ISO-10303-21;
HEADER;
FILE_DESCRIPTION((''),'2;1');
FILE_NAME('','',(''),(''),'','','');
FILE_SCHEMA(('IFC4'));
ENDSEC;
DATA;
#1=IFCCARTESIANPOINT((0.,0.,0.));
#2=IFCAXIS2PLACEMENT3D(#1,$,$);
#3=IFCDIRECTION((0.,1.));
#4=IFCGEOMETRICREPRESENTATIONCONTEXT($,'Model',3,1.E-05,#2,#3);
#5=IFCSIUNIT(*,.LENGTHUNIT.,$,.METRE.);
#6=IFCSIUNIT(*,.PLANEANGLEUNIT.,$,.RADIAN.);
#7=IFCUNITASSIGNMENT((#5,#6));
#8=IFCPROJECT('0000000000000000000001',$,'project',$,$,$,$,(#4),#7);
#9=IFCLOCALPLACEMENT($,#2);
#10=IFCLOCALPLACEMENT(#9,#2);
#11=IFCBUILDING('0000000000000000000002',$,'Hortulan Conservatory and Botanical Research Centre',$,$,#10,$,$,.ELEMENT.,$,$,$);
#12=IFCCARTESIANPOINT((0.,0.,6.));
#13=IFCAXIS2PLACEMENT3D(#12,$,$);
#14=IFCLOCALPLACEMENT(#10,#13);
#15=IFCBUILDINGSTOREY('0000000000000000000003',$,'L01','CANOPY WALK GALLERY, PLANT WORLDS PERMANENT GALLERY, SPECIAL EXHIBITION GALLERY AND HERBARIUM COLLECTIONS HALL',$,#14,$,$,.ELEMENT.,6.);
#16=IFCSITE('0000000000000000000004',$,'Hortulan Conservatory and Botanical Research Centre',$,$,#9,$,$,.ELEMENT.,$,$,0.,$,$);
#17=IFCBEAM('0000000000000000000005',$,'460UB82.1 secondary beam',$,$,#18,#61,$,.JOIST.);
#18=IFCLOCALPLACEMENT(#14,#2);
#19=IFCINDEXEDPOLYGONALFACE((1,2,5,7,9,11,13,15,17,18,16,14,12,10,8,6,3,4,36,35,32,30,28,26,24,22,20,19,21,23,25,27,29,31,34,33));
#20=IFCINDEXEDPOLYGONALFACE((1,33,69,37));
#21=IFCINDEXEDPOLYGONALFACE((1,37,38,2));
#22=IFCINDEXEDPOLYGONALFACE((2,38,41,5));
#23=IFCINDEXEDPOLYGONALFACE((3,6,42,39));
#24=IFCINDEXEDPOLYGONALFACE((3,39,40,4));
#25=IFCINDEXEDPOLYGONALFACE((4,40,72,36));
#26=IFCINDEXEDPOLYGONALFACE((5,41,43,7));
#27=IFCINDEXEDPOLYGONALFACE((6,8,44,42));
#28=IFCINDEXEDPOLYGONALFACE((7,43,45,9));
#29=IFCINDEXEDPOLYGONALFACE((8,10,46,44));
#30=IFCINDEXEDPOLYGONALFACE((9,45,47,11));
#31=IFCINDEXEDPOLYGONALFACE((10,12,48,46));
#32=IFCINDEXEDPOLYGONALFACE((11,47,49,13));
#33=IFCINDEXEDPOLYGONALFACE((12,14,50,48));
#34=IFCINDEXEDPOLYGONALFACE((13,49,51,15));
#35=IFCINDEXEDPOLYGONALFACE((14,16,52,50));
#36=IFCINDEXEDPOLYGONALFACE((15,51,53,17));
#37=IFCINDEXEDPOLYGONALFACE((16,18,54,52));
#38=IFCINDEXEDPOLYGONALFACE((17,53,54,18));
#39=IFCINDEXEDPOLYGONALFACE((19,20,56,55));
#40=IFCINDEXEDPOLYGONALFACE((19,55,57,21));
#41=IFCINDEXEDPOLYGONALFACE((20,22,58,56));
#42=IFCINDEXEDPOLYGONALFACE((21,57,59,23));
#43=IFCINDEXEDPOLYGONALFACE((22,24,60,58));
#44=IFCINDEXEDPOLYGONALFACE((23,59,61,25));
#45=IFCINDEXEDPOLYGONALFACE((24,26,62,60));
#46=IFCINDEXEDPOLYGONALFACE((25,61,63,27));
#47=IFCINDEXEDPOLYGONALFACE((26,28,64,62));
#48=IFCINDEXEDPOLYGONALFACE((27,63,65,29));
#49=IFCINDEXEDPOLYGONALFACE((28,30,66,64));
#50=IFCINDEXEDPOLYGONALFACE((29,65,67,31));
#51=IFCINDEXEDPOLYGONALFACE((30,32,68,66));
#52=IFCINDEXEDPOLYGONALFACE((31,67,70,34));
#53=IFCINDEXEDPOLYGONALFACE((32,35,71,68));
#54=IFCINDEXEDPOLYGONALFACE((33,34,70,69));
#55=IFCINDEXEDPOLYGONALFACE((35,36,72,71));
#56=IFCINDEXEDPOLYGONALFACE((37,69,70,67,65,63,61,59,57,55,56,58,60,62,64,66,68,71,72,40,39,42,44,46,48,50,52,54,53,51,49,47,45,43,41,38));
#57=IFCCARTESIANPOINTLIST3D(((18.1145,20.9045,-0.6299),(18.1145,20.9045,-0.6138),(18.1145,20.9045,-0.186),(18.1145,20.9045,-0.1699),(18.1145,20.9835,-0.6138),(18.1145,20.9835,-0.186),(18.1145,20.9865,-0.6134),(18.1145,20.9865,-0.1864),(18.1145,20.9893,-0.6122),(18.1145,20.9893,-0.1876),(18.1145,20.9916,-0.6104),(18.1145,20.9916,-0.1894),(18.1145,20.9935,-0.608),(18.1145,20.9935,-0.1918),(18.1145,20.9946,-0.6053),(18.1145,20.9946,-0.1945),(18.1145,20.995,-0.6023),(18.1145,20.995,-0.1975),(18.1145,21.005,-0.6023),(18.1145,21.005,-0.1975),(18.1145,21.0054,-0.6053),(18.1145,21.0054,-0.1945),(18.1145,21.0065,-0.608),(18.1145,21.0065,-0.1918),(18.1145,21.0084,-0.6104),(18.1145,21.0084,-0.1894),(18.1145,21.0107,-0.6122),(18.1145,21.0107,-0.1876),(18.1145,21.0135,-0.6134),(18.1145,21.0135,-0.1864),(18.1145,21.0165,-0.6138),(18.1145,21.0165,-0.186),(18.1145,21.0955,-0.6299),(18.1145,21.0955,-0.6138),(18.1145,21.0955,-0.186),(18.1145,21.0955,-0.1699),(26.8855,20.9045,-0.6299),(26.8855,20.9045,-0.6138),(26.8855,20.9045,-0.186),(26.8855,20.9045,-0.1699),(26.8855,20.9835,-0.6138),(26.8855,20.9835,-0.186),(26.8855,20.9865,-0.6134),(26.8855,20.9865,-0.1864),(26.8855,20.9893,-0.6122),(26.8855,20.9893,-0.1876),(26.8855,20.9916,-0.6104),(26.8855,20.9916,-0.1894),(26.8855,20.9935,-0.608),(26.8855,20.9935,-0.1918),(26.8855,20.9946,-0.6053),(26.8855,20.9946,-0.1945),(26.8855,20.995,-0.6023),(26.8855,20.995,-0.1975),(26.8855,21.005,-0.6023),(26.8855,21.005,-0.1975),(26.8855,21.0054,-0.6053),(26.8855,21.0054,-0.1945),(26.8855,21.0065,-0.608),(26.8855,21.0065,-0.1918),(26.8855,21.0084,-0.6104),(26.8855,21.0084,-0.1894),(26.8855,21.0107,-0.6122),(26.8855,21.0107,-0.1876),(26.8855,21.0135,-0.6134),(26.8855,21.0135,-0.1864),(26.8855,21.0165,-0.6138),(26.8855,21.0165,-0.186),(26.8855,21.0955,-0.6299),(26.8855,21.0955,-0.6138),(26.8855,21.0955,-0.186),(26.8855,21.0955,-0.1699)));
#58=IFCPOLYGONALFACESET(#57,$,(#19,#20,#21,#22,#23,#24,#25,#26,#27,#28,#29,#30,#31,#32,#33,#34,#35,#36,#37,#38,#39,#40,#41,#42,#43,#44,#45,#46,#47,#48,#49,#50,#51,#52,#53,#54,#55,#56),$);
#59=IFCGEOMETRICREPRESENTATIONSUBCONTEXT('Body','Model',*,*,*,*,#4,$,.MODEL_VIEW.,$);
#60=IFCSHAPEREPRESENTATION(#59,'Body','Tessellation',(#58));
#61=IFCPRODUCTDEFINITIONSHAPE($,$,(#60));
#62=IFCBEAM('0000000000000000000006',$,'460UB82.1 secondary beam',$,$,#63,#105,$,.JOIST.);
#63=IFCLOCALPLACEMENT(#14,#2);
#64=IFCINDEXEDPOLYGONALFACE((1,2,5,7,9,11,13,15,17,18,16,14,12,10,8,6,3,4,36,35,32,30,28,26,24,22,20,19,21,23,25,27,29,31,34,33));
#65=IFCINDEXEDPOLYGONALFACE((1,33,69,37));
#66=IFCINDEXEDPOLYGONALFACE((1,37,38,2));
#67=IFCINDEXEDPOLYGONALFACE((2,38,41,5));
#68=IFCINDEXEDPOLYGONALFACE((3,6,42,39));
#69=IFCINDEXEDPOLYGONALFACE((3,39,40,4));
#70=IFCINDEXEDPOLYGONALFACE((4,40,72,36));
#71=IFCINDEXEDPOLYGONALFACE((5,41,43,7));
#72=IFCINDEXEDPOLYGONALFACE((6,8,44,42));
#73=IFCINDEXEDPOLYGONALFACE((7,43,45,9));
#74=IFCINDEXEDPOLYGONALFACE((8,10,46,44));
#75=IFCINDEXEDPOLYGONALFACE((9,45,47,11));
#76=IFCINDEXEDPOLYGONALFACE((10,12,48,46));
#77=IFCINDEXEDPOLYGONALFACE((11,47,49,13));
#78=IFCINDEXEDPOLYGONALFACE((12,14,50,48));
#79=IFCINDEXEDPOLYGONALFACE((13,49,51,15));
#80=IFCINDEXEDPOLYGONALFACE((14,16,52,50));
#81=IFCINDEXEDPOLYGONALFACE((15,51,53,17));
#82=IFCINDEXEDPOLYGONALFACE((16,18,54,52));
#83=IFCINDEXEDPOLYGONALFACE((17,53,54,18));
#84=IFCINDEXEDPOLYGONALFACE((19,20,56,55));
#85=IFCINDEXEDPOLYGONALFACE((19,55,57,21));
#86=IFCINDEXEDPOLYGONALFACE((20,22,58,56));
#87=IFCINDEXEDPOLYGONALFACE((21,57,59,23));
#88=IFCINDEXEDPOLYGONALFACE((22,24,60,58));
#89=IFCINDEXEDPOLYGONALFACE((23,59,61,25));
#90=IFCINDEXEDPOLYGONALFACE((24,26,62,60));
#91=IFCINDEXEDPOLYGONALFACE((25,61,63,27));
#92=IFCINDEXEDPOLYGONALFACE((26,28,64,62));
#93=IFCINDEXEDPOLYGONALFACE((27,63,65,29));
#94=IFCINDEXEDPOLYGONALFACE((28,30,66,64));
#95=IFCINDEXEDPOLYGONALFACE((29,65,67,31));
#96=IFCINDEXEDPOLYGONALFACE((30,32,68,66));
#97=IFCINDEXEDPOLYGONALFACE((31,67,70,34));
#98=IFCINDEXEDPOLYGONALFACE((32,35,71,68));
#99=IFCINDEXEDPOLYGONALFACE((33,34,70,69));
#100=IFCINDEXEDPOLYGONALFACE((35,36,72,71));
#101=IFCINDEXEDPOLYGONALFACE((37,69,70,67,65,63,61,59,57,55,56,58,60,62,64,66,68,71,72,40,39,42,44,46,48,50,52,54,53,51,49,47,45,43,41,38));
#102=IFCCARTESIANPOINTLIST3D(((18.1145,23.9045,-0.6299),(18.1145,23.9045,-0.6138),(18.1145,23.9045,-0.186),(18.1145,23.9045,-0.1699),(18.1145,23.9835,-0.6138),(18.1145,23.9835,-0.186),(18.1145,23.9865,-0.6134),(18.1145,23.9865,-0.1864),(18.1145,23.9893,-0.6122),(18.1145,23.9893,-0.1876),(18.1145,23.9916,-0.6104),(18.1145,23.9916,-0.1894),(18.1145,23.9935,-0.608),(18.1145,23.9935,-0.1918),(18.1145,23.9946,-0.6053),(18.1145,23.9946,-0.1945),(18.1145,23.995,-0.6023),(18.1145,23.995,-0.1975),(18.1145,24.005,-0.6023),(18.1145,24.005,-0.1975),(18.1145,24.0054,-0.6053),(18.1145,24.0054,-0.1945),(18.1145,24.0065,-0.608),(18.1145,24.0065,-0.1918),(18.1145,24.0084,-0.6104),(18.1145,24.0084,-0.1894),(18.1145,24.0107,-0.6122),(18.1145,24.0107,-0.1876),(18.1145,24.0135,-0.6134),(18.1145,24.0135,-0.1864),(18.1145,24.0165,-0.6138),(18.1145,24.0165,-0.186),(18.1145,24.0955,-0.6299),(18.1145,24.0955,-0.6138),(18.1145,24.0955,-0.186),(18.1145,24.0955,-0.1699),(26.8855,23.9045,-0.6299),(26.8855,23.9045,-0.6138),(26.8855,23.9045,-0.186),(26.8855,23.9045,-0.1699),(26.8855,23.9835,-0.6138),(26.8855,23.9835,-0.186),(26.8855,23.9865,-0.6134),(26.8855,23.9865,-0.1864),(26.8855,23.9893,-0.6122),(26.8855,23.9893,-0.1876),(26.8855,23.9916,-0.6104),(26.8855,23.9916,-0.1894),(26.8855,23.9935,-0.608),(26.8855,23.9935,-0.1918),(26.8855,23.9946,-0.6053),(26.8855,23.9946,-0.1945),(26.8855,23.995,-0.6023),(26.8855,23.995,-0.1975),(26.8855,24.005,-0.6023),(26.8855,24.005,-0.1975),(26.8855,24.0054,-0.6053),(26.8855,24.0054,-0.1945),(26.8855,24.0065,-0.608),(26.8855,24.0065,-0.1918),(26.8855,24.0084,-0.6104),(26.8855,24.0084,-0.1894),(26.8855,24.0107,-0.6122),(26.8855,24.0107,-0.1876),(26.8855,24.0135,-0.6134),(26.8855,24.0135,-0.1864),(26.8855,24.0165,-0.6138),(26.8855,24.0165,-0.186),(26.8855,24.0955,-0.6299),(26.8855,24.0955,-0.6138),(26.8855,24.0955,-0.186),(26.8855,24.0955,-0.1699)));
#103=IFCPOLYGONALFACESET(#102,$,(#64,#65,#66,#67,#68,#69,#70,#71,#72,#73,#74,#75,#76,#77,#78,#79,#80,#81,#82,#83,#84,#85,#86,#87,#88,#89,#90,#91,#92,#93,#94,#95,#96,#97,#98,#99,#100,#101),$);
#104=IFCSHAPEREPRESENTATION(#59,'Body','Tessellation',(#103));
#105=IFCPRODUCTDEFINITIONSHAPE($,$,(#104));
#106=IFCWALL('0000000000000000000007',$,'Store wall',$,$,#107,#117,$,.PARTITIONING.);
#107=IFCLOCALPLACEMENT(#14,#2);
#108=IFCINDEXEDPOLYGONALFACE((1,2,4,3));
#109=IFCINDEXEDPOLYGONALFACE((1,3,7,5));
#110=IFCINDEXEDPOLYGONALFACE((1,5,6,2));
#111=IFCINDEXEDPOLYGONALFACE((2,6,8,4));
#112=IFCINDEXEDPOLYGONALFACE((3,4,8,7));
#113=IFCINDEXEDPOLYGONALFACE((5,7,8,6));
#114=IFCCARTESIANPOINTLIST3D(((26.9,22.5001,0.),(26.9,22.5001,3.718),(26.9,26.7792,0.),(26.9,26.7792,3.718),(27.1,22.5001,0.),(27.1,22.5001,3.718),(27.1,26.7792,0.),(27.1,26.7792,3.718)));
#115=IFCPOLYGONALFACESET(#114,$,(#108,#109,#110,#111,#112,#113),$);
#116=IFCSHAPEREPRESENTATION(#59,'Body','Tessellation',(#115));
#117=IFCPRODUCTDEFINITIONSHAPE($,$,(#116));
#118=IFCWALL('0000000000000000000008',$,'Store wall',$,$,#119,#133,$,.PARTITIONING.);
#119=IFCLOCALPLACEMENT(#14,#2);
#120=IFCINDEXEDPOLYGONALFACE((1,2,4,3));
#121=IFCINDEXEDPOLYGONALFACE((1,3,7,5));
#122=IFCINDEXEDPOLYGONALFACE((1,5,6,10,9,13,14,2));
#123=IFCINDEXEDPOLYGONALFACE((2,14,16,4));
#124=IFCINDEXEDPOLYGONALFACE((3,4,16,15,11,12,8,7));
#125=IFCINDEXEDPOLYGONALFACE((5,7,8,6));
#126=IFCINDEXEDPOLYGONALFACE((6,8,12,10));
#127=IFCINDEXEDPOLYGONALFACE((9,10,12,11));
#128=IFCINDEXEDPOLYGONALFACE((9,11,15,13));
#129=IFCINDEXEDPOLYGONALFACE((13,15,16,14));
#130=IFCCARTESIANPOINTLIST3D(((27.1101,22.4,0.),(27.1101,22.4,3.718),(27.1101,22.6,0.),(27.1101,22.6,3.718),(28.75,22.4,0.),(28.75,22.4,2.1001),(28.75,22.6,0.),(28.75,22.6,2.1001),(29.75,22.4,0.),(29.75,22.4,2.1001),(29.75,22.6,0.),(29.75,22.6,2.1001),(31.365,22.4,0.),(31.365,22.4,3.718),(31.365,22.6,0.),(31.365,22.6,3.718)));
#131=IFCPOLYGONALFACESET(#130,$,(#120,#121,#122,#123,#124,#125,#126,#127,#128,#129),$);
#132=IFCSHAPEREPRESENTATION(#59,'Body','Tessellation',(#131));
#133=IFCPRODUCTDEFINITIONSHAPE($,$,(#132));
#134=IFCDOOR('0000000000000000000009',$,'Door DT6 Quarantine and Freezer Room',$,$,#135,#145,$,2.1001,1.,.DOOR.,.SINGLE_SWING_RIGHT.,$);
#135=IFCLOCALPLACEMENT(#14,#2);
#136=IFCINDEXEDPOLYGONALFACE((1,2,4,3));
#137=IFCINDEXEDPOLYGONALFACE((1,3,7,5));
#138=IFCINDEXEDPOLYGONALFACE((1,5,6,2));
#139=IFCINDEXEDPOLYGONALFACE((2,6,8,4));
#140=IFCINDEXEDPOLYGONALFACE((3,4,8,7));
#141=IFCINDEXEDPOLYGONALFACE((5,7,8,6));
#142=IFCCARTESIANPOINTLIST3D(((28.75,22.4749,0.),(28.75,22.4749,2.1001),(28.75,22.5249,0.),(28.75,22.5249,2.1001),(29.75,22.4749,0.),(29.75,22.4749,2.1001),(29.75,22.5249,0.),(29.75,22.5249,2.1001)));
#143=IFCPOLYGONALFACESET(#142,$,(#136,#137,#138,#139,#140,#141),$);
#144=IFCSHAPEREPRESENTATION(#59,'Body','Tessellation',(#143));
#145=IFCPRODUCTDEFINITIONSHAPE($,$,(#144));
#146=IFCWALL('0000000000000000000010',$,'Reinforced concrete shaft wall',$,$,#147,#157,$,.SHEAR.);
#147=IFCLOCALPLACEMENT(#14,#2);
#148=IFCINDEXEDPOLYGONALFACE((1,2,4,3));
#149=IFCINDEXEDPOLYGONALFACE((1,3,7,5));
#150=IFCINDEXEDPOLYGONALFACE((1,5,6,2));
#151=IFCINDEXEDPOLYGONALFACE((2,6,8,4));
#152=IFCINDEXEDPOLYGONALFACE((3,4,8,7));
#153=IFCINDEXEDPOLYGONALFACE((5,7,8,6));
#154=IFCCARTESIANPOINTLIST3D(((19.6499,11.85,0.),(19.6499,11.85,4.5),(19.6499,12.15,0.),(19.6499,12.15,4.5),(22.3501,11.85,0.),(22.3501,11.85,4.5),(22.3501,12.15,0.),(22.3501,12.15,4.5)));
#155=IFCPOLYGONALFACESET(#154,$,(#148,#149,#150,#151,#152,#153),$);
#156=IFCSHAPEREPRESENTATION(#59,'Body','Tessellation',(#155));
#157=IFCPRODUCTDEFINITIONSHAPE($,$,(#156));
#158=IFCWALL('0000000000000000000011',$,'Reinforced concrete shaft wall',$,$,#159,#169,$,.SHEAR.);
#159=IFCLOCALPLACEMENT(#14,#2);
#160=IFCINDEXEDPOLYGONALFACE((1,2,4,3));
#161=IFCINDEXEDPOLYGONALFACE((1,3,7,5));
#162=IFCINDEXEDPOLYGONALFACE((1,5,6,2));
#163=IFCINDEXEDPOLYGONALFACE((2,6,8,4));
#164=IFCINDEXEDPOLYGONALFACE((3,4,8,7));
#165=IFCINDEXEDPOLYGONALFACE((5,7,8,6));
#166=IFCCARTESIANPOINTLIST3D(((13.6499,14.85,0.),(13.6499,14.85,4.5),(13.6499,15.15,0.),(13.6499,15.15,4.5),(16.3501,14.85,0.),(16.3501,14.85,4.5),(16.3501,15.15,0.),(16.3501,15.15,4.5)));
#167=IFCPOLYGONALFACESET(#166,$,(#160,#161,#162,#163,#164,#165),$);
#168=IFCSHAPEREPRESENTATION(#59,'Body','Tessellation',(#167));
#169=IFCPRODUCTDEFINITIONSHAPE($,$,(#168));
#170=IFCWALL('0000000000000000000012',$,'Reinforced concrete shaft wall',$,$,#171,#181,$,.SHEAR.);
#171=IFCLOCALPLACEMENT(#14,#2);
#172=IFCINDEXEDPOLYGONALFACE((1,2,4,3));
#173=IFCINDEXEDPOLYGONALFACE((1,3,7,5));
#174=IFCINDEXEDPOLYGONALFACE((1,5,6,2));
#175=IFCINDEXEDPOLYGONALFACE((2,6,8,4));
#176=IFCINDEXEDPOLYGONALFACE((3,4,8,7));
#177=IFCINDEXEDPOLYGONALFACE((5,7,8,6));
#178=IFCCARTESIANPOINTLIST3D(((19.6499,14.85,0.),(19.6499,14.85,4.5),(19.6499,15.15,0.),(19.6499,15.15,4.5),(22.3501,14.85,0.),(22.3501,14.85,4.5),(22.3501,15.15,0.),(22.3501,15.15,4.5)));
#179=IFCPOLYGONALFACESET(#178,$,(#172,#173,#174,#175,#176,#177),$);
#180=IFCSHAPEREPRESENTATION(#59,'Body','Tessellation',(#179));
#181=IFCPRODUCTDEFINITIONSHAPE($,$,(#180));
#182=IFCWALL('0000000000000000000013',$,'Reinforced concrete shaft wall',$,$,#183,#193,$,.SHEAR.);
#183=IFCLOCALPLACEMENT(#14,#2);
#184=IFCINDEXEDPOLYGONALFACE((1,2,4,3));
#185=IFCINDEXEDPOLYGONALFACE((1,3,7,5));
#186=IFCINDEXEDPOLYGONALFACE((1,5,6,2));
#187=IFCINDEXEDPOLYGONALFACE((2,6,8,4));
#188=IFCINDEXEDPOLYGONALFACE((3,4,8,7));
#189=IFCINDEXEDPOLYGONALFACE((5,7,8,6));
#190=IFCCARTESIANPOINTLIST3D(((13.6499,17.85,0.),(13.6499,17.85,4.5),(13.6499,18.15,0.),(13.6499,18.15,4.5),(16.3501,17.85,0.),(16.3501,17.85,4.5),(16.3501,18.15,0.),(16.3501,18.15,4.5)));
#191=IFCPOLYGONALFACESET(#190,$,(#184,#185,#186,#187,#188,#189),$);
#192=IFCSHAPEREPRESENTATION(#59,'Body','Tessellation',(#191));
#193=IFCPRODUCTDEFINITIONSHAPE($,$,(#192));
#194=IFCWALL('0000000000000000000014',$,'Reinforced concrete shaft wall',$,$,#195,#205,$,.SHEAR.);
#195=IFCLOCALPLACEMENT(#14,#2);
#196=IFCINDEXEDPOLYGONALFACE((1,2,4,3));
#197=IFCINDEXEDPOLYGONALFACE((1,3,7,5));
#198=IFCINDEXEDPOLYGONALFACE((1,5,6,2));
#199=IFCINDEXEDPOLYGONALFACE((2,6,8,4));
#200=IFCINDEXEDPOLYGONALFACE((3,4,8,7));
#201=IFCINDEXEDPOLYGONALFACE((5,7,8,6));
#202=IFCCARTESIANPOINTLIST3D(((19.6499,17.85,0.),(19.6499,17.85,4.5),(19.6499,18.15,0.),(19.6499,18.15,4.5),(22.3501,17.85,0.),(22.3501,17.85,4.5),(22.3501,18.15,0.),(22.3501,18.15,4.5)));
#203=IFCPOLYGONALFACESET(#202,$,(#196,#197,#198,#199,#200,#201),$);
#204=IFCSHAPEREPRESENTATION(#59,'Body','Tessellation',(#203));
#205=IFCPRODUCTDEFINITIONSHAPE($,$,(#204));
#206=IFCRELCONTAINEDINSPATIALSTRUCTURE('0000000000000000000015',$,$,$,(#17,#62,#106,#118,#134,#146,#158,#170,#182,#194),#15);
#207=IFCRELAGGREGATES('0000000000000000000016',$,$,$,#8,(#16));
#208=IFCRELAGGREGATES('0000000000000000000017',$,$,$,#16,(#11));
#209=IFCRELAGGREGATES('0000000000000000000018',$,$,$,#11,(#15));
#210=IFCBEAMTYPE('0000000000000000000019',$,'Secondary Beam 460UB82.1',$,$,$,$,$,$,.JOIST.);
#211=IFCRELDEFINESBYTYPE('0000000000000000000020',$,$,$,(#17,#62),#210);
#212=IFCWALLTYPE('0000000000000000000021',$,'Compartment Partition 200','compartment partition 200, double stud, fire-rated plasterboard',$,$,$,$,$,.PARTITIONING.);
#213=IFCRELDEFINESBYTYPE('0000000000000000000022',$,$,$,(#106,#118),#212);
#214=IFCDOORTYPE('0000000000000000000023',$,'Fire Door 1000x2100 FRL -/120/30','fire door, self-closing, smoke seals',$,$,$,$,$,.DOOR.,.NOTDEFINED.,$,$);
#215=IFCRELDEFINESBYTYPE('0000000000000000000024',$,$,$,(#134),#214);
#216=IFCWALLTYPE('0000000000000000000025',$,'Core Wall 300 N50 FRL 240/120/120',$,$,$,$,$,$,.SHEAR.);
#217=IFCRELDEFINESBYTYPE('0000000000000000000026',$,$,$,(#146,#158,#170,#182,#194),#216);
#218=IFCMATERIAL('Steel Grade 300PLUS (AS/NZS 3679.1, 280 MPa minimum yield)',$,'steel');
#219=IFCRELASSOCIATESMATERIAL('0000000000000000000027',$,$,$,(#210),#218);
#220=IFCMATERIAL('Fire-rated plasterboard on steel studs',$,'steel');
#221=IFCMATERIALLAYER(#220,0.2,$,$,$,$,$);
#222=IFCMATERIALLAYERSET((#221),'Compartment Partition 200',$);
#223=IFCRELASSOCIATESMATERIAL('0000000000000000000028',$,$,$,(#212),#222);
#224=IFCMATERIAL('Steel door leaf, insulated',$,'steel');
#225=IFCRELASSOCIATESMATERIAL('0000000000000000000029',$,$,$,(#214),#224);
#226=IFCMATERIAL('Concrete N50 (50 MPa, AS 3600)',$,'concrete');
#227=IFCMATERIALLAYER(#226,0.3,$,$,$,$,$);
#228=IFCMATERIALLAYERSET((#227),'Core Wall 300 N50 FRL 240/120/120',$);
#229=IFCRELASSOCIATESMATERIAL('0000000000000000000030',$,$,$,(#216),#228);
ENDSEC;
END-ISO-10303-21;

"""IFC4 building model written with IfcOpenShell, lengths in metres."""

from ifc_helpers import new_model, si_unit, direction, frame, frame_2d, origin, origin_2d, place, context, subcontext, project, spatial, rectangle, i_section, extrude, material, layer, layer_set, material_profile, profile_set, type_object, element, fill, save


model = new_model("IFC4")

# Units and contexts
model_context = context("Model", 3, precision=1e-05, world=origin(), true_north=direction((0.0, 1.0)))
body_context = subcontext(model_context, "Body", "Model", "MODEL_VIEW")
ifc_project = project(units=[si_unit("LENGTHUNIT", "METRE"), si_unit("PLANEANGLEUNIT", "RADIAN")], contexts=[model_context])

# Site, building, storey
site_placement = place(None, origin())
site = spatial("IfcSite", under=ifc_project, at=site_placement, Name="Hortulan Conservatory and Botanical Research Centre", CompositionType="ELEMENT", RefElevation=0.0)
building_placement = place(site_placement, origin())
building = spatial("IfcBuilding", under=site, at=building_placement, Name="Hortulan Conservatory and Botanical Research Centre", CompositionType="ELEMENT")
storey_placement = place(building_placement, frame((0.0, 0.0, 6.0)))
storey = spatial("IfcBuildingStorey", under=building, at=storey_placement, Name="L01", Description="CANOPY WALK GALLERY, PLANT WORLDS PERMANENT GALLERY, SPECIAL EXHIBITION GALLERY AND HERBARIUM COLLECTIONS HALL", CompositionType="ELEMENT", Elevation=6.0)

# Beams
ifc_material_1 = material(Name="Steel Grade 300PLUS (AS/NZS 3679.1, 280 MPa minimum yield)", Category="steel")
ifc_material_profile_1 = material_profile(ifc_material_1, i_section(OverallWidth=0.1909, OverallDepth=0.46, WebThickness=0.01, FlangeThickness=0.0161, FilletRadius=0.0115, at=origin_2d()), Name="460UB82.1")
ifc_profile_set_1 = profile_set([ifc_material_profile_1], Name="Steel Grade 300PLUS (AS/NZS 3679.1, 280 MPa minimum yield)")
beam_type_1 = type_object("IfcBeamType", Name="Secondary Beam 460UB82.1", PredefinedType="JOIST", material=ifc_profile_set_1)
for number, where, z_axis, x_axis, name in (
    (1, (18.1145, 21.0, -0.3999), (1.0, 0.0, 0.0), (0.0, 1.0, 0.0), "460UB82.1 secondary beam"),
    (2, (18.1145, 24.0, -0.3999), (1.0, 0.0, 0.0), (0.0, 1.0, 0.0), "460UB82.1 secondary beam"),
):
    element("IfcBeam", number, at=place(storey_placement, frame(where, z_axis=z_axis, x_axis=x_axis)), inside=storey, type_object=beam_type_1, Name=name, PredefinedType="JOIST", context=body_context, shape_type="SweptSolid", body=[
        extrude(i_section(OverallWidth=0.1909, OverallDepth=0.46, WebThickness=0.01, FlangeThickness=0.0161, FilletRadius=0.0115, at=origin_2d()), origin(), (0.0, 0.0, 1.0), 8.771),
    ])

# Wall
ifc_material_2 = material(Name="Fire-rated plasterboard on steel studs", Category="steel")
ifc_layer_1 = layer(ifc_material_2, 0.2)
ifc_layer_set_1 = layer_set([ifc_layer_1], Name="Compartment Partition 200")
wall_type_1 = type_object("IfcWallType", Name="Compartment Partition 200", Description="compartment partition 200, double stud, fire-rated plasterboard", PredefinedType="PARTITIONING", material=ifc_layer_set_1)
wall_1_placement = place(storey_placement, frame((27.0, 22.5, 0.0), z_axis=(0.0, 0.0, 1.0), x_axis=(0.0, 1.0, 0.0)))
element("IfcWall", 3, at=wall_1_placement, inside=storey, type_object=wall_type_1, Name="Store wall", PredefinedType="PARTITIONING", context=body_context, shape_type="SweptSolid", body=[
    extrude(rectangle(XDim=4.2791, YDim=0.2, at=frame_2d((2.1396, 0.0))), origin(), (0.0, 0.0, 1.0), 3.718),
])

# Wall, opening, door
wall_2_placement = place(storey_placement, frame((27.1101, 22.5, 0.0), z_axis=(0.0, 0.0, 1.0), x_axis=(1.0, 0.0, 0.0)))
wall_2 = element("IfcWall", 4, at=wall_2_placement, inside=storey, type_object=wall_type_1, Name="Store wall", PredefinedType="PARTITIONING", context=body_context, shape_type="SweptSolid", body=[
    extrude(rectangle(XDim=4.2549, YDim=0.2, at=frame_2d((2.1274, 0.0))), origin(), (0.0, 0.0, 1.0), 3.718),
])
opening_placement = place(wall_2_placement, frame((1.6399, 0.0, 0.0)))
opening = element("IfcOpeningElement", 5, at=opening_placement, cuts=wall_2, PredefinedType="OPENING", context=body_context, shape_type="SweptSolid", body=[
    extrude(rectangle(XDim=1.0, YDim=2.1001, at=frame_2d((0.5, 1.05))), frame((0.0, 0.1099, 0.0), z_axis=(0.0, -1.0, 0.0), x_axis=(1.0, 0.0, 0.0)), (0.0, 0.0, 1.0), 0.22),
])
ifc_material_3 = material(Name="Steel door leaf, insulated", Category="steel")
door_type = type_object("IfcDoorType", Name="Fire Door 1000x2100 FRL -/120/30", Description="fire door, self-closing, smoke seals", OperationType="NOTDEFINED", PredefinedType="DOOR", material=ifc_material_3)
door_placement = place(opening_placement, origin())
door = element("IfcDoor", 6, at=door_placement, inside=storey, type_object=door_type, Name="Door DT6 Quarantine and Freezer Room", OperationType="SINGLE_SWING_RIGHT", OverallHeight=2.1001, OverallWidth=1.0, PredefinedType="DOOR", context=body_context, shape_type="SweptSolid", body=[
    extrude(rectangle(XDim=1.0, YDim=2.1001, at=frame_2d((0.5, 1.05))), frame((0.0, 0.0249, 0.0), z_axis=(0.0, -1.0, 0.0), x_axis=(1.0, 0.0, 0.0)), (0.0, 0.0, 1.0), 0.05),
])
fill(opening, door)

# Walls
ifc_material_4 = material(Name="Concrete N50 (50 MPa, AS 3600)", Category="concrete")
ifc_layer_2 = layer(ifc_material_4, 0.3)
ifc_layer_set_2 = layer_set([ifc_layer_2], Name="Core Wall 300 N50 FRL 240/120/120")
wall_type_2 = type_object("IfcWallType", Name="Core Wall 300 N50 FRL 240/120/120", PredefinedType="SHEAR", material=ifc_layer_set_2)
for number, where, z_axis, x_axis, name in (
    (7, (19.6499, 12.0, 0.0), (0.0, 0.0, 1.0), (1.0, 0.0, 0.0), "Reinforced concrete shaft wall"),
    (8, (13.6499, 15.0, 0.0), (0.0, 0.0, 1.0), (1.0, 0.0, 0.0), "Reinforced concrete shaft wall"),
    (9, (19.6499, 15.0, 0.0), (0.0, 0.0, 1.0), (1.0, 0.0, 0.0), "Reinforced concrete shaft wall"),
    (10, (13.6499, 18.0, 0.0), (0.0, 0.0, 1.0), (1.0, 0.0, 0.0), "Reinforced concrete shaft wall"),
    (11, (19.6499, 18.0, 0.0), (0.0, 0.0, 1.0), (1.0, 0.0, 0.0), "Reinforced concrete shaft wall"),
):
    element("IfcWall", number, at=place(storey_placement, frame(where, z_axis=z_axis, x_axis=x_axis)), inside=storey, type_object=wall_type_2, Name=name, PredefinedType="SHEAR", context=body_context, shape_type="SweptSolid", body=[
        extrude(rectangle(XDim=2.7002, YDim=0.3, at=frame_2d((1.3501, 0.0))), origin(), (0.0, 0.0, 1.0), 4.5),
    ])

save(model, "model.ifc")
